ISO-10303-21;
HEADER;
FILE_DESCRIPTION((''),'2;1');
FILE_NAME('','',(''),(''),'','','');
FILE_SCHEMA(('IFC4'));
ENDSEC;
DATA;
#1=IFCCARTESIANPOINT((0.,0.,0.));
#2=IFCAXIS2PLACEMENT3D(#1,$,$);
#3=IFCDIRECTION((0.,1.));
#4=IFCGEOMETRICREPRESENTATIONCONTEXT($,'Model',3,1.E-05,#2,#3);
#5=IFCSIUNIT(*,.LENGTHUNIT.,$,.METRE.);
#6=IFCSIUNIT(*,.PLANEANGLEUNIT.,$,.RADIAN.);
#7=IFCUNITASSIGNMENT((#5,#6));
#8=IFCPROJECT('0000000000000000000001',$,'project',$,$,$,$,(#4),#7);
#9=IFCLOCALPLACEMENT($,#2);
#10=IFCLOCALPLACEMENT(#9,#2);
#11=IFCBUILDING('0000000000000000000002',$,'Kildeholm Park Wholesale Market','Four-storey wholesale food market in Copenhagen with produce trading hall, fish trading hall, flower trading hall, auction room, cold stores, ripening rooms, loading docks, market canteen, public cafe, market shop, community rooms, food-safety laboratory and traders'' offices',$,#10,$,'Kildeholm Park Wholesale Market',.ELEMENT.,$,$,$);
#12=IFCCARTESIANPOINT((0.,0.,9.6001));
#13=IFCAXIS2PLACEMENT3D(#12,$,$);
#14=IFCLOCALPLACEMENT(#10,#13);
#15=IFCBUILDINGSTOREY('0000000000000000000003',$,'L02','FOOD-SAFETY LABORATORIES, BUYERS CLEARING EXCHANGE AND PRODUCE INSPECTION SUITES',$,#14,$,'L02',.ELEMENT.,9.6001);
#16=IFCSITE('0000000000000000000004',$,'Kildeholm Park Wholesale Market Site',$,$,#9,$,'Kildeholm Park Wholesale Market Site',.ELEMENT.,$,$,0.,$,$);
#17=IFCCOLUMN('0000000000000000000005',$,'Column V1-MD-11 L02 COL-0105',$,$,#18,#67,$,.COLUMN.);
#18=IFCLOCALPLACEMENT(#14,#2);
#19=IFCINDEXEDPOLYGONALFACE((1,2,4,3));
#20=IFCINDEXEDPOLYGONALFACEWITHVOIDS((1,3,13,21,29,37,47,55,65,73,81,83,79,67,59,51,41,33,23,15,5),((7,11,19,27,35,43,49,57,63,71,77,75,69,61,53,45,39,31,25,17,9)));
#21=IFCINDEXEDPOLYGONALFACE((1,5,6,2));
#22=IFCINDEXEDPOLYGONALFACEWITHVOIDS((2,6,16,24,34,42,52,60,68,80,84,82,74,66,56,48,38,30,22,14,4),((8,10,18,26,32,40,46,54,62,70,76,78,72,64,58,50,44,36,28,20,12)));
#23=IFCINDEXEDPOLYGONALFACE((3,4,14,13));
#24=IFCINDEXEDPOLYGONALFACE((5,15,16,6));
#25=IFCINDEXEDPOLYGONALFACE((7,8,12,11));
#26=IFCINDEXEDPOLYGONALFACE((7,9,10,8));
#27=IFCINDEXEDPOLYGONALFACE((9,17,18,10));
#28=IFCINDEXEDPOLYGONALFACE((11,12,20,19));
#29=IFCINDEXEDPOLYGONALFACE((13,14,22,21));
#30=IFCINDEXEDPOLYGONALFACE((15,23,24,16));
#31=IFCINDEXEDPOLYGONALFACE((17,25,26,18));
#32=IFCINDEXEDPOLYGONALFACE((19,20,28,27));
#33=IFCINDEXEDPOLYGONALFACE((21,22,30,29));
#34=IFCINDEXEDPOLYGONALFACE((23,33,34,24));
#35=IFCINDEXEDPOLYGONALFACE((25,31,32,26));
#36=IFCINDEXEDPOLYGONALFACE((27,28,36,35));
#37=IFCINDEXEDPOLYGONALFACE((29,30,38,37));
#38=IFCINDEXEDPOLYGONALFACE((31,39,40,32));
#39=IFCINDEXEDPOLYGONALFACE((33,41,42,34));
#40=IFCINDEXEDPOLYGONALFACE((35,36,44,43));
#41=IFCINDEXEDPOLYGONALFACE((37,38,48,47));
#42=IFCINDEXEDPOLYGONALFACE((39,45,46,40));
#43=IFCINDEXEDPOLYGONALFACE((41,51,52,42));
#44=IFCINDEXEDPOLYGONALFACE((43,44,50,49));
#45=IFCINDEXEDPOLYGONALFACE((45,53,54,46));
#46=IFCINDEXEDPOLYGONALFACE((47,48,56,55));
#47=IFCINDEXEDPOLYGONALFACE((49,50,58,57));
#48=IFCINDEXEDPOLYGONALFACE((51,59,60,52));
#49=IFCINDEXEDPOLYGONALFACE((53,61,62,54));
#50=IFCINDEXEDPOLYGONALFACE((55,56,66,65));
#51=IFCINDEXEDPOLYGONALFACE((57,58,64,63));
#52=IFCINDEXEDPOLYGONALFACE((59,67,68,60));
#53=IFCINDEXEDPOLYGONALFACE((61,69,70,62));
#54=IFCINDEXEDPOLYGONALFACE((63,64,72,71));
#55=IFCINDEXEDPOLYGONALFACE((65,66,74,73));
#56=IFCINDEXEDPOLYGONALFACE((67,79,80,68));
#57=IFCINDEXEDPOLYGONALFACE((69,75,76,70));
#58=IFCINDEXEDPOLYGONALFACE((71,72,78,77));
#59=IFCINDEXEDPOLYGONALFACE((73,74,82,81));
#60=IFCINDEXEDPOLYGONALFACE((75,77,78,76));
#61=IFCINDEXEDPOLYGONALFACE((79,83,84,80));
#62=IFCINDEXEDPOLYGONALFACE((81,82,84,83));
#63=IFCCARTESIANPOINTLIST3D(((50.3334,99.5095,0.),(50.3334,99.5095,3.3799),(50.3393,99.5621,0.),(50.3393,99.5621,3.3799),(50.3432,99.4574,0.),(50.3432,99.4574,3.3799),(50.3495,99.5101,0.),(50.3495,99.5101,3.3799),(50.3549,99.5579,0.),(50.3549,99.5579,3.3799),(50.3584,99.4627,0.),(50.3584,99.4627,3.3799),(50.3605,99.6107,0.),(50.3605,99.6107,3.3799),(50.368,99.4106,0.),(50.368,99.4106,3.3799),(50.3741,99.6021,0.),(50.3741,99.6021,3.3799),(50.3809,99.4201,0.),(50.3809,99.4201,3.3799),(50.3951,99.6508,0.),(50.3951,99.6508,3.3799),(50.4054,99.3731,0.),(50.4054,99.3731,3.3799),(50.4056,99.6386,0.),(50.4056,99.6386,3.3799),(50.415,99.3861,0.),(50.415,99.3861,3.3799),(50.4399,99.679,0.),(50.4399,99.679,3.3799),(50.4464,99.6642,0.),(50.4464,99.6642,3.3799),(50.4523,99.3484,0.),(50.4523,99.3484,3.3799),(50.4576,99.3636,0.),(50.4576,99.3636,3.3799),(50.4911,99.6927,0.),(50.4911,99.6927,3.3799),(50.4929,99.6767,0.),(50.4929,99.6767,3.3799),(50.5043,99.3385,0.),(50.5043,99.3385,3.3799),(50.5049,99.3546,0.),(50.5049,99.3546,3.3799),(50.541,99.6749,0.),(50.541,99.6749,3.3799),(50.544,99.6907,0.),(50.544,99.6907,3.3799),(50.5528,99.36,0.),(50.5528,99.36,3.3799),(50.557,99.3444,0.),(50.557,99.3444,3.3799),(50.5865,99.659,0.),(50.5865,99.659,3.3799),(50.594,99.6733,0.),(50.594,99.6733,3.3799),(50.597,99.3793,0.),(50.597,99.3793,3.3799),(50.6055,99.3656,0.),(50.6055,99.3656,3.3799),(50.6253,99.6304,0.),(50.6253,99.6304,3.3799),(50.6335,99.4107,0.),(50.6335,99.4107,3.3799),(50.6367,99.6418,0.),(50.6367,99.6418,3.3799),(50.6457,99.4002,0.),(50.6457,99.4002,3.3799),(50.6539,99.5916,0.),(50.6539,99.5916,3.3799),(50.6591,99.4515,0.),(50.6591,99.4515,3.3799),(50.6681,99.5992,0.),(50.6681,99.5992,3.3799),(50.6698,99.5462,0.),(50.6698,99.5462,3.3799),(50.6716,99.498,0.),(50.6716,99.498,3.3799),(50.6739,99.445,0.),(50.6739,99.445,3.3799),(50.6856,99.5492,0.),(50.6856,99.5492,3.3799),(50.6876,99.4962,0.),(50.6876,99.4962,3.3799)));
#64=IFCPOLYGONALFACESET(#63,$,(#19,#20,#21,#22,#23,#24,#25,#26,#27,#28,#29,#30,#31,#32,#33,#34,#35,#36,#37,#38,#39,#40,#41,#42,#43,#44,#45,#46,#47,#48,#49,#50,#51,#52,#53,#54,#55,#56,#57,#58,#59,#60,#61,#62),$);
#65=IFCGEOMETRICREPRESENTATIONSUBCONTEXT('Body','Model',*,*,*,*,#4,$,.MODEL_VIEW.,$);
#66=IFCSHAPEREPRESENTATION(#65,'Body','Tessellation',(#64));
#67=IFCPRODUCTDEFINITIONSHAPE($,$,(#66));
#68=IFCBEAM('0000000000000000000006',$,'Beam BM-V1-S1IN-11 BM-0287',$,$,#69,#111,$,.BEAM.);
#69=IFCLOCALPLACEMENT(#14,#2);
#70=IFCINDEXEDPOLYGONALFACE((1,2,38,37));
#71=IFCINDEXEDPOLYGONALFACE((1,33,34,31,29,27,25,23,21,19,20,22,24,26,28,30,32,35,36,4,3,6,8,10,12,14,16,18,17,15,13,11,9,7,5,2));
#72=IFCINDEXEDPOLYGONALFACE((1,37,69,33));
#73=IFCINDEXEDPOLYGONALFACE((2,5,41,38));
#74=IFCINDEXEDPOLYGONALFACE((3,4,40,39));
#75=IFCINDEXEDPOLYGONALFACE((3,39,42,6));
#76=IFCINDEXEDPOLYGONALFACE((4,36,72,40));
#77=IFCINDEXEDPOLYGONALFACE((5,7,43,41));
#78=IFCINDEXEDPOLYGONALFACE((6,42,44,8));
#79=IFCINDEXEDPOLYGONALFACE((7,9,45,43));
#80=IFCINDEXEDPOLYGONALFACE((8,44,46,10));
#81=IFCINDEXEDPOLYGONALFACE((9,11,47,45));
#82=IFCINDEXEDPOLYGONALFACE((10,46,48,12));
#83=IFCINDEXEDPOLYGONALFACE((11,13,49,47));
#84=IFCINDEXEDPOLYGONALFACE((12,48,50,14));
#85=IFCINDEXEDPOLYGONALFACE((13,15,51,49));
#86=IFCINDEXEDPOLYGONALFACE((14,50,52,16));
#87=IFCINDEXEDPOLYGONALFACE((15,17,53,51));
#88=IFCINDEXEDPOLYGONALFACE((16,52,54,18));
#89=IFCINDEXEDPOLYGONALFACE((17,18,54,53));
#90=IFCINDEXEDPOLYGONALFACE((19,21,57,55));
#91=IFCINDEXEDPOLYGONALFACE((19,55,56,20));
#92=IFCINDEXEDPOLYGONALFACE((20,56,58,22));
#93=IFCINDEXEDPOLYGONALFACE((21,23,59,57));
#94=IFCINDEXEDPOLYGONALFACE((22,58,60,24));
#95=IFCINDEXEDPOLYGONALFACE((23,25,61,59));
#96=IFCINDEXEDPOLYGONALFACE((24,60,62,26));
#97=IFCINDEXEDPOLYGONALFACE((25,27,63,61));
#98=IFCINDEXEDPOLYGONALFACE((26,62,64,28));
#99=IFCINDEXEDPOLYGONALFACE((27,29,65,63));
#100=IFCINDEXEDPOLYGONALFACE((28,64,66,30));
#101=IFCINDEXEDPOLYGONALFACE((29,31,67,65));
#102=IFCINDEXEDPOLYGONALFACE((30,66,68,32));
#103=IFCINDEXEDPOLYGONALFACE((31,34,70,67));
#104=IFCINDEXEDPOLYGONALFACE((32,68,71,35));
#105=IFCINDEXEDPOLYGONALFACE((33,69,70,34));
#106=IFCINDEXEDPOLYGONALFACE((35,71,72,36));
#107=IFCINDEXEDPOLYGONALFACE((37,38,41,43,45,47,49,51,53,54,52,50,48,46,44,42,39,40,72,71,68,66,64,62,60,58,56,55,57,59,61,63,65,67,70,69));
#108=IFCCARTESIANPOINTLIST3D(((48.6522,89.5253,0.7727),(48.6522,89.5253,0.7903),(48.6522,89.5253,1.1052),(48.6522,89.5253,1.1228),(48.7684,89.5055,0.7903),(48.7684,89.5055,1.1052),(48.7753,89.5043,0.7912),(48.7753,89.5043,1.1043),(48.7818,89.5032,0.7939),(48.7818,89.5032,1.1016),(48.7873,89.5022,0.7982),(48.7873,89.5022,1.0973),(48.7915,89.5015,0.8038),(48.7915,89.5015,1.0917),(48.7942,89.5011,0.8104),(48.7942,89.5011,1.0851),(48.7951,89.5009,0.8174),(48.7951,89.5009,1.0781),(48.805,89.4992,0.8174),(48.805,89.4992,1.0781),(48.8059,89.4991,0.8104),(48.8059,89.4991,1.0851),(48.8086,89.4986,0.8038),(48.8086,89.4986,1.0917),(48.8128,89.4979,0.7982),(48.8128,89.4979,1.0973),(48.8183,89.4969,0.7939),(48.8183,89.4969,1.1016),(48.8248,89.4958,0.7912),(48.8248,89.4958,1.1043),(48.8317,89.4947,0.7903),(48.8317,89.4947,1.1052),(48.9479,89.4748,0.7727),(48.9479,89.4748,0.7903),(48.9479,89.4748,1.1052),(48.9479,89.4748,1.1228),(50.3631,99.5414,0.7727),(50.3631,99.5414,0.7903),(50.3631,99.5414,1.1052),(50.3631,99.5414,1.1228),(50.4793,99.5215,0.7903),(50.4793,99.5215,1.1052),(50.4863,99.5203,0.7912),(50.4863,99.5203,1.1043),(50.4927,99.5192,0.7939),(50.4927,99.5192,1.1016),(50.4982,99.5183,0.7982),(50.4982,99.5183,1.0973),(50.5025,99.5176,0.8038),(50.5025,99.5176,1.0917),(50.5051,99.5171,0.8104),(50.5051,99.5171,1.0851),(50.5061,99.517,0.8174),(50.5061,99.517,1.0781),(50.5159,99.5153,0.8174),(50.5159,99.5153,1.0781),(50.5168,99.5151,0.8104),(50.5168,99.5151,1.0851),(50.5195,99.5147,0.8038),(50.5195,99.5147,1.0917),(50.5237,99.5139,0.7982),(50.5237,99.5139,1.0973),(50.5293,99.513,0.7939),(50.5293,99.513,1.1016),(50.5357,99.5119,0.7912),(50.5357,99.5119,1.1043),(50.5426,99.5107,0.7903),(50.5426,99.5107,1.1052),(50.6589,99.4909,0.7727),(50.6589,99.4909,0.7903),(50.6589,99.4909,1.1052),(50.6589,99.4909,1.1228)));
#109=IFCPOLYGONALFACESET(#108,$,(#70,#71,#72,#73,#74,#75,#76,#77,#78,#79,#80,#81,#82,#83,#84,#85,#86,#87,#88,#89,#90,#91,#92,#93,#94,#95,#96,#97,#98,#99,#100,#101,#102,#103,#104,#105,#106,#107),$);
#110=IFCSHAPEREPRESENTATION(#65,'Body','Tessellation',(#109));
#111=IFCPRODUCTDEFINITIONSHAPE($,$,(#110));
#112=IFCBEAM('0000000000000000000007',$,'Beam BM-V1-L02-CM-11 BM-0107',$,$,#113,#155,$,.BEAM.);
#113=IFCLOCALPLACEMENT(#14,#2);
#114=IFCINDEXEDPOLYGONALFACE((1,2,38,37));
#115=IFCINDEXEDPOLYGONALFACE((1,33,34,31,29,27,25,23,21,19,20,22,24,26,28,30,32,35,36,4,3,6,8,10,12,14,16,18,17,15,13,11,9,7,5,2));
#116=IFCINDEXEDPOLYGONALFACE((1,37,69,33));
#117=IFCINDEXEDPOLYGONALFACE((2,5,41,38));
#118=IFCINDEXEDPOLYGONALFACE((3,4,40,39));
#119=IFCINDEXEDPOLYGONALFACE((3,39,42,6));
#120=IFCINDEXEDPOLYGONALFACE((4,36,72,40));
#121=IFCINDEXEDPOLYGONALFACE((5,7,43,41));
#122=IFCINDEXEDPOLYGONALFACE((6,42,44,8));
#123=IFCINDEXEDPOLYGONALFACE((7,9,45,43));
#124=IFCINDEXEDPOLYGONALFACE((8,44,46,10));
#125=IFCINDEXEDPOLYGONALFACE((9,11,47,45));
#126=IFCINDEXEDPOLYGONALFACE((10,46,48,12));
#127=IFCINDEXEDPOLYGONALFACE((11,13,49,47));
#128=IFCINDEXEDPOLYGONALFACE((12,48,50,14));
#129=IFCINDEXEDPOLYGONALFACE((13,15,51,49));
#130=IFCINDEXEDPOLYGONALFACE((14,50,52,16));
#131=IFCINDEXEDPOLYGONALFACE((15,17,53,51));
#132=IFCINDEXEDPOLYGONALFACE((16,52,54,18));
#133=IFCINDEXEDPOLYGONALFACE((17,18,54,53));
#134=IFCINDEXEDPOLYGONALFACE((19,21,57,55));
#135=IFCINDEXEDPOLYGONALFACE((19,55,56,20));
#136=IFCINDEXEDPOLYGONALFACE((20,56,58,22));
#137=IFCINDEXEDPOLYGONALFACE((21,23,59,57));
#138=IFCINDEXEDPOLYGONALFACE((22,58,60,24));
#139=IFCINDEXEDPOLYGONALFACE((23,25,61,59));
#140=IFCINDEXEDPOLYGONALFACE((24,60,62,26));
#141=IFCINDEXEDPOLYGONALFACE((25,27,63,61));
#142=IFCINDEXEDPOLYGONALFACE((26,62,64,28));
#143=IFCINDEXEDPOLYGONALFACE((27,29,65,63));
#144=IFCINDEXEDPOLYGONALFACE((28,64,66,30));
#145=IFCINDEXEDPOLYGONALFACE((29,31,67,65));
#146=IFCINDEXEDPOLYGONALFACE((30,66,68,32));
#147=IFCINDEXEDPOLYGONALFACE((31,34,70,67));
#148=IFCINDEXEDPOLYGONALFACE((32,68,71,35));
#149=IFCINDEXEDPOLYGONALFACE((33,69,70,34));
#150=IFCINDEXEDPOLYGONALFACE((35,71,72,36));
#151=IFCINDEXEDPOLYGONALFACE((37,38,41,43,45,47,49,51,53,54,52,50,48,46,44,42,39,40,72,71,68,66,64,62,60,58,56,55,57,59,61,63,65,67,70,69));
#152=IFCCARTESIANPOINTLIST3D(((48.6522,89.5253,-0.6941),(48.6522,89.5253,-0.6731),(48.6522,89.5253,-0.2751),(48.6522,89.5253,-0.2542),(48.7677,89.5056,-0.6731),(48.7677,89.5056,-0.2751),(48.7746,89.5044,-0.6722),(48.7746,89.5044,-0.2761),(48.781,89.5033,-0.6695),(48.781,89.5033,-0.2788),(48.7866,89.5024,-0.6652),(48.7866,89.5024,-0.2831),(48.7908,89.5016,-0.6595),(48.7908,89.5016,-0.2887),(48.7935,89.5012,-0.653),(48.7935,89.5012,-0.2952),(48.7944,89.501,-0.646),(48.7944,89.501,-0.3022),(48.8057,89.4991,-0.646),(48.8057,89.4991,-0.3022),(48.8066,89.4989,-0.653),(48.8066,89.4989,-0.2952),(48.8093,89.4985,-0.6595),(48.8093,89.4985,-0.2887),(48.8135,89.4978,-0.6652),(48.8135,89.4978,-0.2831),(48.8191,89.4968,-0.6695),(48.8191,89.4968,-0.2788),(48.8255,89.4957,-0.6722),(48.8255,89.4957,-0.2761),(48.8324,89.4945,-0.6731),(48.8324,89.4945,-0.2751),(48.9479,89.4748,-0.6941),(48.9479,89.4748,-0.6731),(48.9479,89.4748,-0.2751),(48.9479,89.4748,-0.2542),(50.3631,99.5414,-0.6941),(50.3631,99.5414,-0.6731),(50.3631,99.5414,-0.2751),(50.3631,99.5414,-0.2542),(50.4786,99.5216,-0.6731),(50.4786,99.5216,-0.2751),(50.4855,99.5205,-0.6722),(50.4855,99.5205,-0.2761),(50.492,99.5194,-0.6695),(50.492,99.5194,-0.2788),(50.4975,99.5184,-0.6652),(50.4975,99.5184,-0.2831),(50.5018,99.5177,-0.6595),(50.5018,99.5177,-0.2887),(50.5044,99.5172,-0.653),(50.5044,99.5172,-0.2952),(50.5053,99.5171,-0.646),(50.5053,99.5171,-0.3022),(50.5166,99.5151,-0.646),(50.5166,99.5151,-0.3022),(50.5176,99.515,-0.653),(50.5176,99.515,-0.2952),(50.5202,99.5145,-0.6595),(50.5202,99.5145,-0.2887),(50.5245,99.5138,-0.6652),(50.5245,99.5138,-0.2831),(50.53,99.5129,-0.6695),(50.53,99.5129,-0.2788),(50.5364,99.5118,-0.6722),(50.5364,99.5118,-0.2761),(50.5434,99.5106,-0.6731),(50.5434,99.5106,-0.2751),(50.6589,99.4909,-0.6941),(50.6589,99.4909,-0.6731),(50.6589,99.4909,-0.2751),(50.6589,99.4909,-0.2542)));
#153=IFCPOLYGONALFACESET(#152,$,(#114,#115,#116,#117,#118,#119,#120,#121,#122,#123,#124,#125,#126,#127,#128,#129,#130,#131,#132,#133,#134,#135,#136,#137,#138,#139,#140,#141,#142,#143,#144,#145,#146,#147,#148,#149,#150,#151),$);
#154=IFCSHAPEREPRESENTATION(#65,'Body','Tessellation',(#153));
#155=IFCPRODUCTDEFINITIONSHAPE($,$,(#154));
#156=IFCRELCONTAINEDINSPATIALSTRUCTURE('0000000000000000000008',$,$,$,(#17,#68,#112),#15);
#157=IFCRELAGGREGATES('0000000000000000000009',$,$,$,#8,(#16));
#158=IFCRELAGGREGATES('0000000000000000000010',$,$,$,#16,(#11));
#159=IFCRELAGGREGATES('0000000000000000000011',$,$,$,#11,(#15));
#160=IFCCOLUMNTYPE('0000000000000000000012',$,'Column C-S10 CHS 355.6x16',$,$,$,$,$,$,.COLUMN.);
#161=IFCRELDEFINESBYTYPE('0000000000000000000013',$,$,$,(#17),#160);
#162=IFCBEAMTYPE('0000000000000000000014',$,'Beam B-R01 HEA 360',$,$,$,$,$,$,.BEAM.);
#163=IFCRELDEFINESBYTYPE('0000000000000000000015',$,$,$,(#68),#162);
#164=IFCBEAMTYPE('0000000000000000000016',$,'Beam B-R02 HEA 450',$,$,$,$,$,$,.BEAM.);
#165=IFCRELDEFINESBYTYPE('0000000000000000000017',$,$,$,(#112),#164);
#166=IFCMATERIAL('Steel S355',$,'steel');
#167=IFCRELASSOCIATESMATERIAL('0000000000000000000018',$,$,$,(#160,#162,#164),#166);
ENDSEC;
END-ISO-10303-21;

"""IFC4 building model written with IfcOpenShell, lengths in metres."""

from ifc_helpers import new_model, si_unit, direction, frame, origin, origin_2d, place, context, subcontext, project, spatial, hollow_circle, i_section, extrude, material, material_profile, profile_set, type_object, element, save


model = new_model("IFC4")

# Units and contexts
model_context = context("Model", 3, precision=1e-05, world=origin(), true_north=direction((0.0, 1.0)))
body_context = subcontext(model_context, "Body", "Model", "MODEL_VIEW")
ifc_project = project(units=[si_unit("LENGTHUNIT", "METRE"), si_unit("PLANEANGLEUNIT", "RADIAN")], contexts=[model_context])

# Site, building, storey
site_placement = place(None, origin())
site = spatial("IfcSite", under=ifc_project, at=site_placement, Name="Kildeholm Park Wholesale Market Site", LongName="Kildeholm Park Wholesale Market Site", CompositionType="ELEMENT", RefElevation=0.0)
building_placement = place(site_placement, origin())
building = spatial("IfcBuilding", under=site, at=building_placement, Name="Kildeholm Park Wholesale Market", Description="Four-storey wholesale food market in Copenhagen with produce trading hall, fish trading hall, flower trading hall, auction room, cold stores, ripening rooms, loading docks, market canteen, public cafe, market shop, community rooms, food-safety laboratory and traders' offices", LongName="Kildeholm Park Wholesale Market", CompositionType="ELEMENT")
storey_placement = place(building_placement, frame((0.0, 0.0, 9.6001)))
storey = spatial("IfcBuildingStorey", under=building, at=storey_placement, Name="L02", Description="FOOD-SAFETY LABORATORIES, BUYERS CLEARING EXCHANGE AND PRODUCE INSPECTION SUITES", LongName="L02", CompositionType="ELEMENT", Elevation=9.6001)

# Column
ifc_material_1 = material(Name="Steel S355", Category="steel")
ifc_material_profile_1 = material_profile(ifc_material_1, hollow_circle(Radius=0.1777, WallThickness=0.0161, at=origin_2d()), Name="CHS 355.6x16")
ifc_profile_set_1 = profile_set([ifc_material_profile_1], Name="Steel S355")
column_type = type_object("IfcColumnType", Name="Column C-S10 CHS 355.6x16", PredefinedType="COLUMN", material=ifc_profile_set_1)
column_placement = place(storey_placement, frame((50.511, 99.5161, 0.0), z_axis=(0.0, 0.0, 1.0), x_axis=(-0.965926, 0.258819, 0.0)))
element("IfcColumn", 1, at=column_placement, inside=storey, type_object=column_type, Name="Column V1-MD-11 L02 COL-0105", PredefinedType="COLUMN", context=body_context, shape_type="SweptSolid", body=[
    extrude(hollow_circle(Radius=0.1777, WallThickness=0.0161, at=origin_2d()), origin(), (0.0, 0.0, 1.0), 3.3799),
])

# Beams
ifc_material_profile_2 = material_profile(ifc_material_1, i_section(OverallWidth=0.3, OverallDepth=0.3501, WebThickness=0.01, FlangeThickness=0.0176, FilletRadius=0.0271, at=origin_2d()), Name="HEA 360")
ifc_profile_set_2 = profile_set([ifc_material_profile_2], Name="Steel S355")
beam_type_1 = type_object("IfcBeamType", Name="Beam B-R01 HEA 360", PredefinedType="BEAM", material=ifc_profile_set_2)
beam_1_placement = place(storey_placement, frame((50.511, 99.5161, 0.9478), z_axis=(-0.16838, -0.985722, 0.0), x_axis=(0.985722, -0.16838, 0.0)))
element("IfcBeam", 2, at=beam_1_placement, inside=storey, type_object=beam_type_1, Name="Beam BM-V1-S1IN-11 BM-0287", PredefinedType="BEAM", context=body_context, shape_type="SweptSolid", body=[
    extrude(i_section(OverallWidth=0.3, OverallDepth=0.3501, WebThickness=0.01, FlangeThickness=0.0176, FilletRadius=0.0271, at=origin_2d()), origin(), (0.0, 0.0, 1.0), 10.1611),
])
ifc_material_profile_3 = material_profile(ifc_material_1, i_section(OverallWidth=0.3, OverallDepth=0.4399, WebThickness=0.0115, FlangeThickness=0.021, FilletRadius=0.0271, at=origin_2d()), Name="HEA 450")
ifc_profile_set_3 = profile_set([ifc_material_profile_3], Name="Steel S355")
beam_type_2 = type_object("IfcBeamType", Name="Beam B-R02 HEA 450", PredefinedType="BEAM", material=ifc_profile_set_3)
beam_2_placement = place(storey_placement, frame((50.511, 99.5161, -0.4741), z_axis=(-0.16838, -0.985722, 0.0), x_axis=(0.985722, -0.16838, 0.0)))
element("IfcBeam", 3, at=beam_2_placement, inside=storey, type_object=beam_type_2, Name="Beam BM-V1-L02-CM-11 BM-0107", PredefinedType="BEAM", context=body_context, shape_type="SweptSolid", body=[
    extrude(i_section(OverallWidth=0.3, OverallDepth=0.4399, WebThickness=0.0115, FlangeThickness=0.021, FilletRadius=0.0271, at=origin_2d()), origin(), (0.0, 0.0, 1.0), 10.1611),
])

save(model, "model.ifc")
